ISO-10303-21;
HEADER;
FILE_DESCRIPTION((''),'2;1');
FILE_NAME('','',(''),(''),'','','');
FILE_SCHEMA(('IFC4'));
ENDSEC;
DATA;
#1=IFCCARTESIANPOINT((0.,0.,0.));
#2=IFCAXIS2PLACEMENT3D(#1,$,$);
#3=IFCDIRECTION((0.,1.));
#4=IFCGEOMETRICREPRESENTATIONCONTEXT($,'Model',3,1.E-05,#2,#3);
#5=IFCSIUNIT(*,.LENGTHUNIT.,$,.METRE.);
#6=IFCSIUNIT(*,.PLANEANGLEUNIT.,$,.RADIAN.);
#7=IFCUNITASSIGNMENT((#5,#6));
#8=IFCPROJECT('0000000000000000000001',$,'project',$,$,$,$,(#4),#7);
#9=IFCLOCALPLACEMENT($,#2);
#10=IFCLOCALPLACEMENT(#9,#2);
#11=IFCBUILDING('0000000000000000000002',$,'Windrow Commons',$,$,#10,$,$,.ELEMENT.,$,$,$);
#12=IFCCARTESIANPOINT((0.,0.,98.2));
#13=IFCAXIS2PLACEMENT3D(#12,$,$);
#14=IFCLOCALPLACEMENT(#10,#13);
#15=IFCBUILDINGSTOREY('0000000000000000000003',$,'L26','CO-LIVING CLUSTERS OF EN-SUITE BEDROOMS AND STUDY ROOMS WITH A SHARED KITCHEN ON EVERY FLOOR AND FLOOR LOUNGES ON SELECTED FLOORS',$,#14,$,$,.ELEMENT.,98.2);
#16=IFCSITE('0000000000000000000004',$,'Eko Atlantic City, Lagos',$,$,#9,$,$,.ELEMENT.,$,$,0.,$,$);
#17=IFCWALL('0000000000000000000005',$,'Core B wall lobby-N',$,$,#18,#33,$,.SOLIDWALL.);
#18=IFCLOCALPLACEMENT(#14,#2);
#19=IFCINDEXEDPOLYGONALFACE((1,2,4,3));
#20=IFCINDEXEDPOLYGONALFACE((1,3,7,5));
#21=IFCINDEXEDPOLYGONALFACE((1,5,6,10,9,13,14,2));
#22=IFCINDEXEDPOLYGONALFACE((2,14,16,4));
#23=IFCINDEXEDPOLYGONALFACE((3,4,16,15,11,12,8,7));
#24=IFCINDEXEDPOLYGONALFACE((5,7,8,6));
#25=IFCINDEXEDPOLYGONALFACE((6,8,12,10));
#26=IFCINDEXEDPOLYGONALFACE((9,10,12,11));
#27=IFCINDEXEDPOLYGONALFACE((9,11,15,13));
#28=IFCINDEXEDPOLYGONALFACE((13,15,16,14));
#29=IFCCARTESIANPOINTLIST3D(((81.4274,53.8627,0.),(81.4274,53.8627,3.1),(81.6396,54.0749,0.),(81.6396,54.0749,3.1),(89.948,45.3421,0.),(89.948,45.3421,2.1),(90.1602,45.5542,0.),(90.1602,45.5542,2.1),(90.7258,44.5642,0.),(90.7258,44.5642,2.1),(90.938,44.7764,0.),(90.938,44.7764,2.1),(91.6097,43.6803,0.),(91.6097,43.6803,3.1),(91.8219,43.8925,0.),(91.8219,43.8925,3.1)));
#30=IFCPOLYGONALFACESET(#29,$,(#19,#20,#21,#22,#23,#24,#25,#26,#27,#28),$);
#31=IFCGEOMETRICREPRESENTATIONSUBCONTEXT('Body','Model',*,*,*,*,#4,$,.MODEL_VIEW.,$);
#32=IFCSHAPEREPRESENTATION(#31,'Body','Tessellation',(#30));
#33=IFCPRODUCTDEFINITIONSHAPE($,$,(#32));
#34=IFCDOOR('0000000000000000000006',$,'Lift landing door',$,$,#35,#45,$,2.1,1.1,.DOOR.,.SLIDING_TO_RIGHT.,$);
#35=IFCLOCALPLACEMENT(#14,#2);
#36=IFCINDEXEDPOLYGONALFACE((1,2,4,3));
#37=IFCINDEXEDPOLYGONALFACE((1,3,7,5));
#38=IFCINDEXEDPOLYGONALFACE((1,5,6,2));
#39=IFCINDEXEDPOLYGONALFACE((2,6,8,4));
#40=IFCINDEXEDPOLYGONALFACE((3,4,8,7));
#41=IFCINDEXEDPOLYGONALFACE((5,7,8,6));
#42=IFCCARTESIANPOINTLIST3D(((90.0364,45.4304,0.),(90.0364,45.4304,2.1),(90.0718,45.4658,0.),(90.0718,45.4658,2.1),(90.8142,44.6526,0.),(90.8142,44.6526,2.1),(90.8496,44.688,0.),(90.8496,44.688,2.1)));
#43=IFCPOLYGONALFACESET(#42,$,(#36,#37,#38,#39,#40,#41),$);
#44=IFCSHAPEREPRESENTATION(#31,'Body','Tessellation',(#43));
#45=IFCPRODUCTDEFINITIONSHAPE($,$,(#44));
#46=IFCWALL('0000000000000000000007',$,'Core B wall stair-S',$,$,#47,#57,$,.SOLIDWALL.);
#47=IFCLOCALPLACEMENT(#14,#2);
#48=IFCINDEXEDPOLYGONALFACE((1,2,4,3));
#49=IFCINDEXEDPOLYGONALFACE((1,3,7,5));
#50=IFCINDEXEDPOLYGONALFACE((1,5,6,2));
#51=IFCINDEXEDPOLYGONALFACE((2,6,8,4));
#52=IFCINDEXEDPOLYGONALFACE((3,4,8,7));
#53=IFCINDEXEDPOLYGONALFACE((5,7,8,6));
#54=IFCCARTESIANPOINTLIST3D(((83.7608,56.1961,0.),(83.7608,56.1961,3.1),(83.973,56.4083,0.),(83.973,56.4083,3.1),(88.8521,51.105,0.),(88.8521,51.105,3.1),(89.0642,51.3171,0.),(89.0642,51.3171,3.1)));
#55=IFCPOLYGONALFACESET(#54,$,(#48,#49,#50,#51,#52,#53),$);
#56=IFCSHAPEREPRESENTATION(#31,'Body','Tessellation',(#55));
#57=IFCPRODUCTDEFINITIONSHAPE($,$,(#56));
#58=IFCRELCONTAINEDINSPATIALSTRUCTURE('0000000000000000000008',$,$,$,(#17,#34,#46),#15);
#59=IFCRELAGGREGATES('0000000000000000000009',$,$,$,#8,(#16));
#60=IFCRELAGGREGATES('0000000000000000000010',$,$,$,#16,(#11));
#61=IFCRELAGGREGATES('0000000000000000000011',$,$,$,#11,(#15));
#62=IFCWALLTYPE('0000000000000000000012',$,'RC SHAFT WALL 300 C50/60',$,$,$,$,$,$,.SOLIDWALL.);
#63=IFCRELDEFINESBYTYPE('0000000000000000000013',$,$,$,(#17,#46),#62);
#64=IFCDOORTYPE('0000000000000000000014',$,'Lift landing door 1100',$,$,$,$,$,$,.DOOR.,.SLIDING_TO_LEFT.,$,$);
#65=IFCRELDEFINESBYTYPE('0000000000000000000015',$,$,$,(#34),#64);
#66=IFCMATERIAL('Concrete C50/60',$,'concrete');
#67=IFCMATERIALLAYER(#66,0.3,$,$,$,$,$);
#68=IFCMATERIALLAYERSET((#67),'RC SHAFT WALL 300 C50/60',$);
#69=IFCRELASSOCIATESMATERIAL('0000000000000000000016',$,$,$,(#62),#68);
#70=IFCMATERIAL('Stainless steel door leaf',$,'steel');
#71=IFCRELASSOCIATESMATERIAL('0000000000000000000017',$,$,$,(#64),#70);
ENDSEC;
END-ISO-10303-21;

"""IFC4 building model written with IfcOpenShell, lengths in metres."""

from ifc_helpers import new_model, si_unit, direction, frame, frame_2d, origin, place, context, subcontext, project, spatial, rectangle, extrude, material, layer, layer_set, type_object, element, fill, save


model = new_model("IFC4")

# Units and contexts
model_context = context("Model", 3, precision=1e-05, world=origin(), true_north=direction((0.0, 1.0)))
body_context = subcontext(model_context, "Body", "Model", "MODEL_VIEW")
ifc_project = project(units=[si_unit("LENGTHUNIT", "METRE"), si_unit("PLANEANGLEUNIT", "RADIAN")], contexts=[model_context])

# Site, building, storey
site_placement = place(None, origin())
site = spatial("IfcSite", under=ifc_project, at=site_placement, Name="Eko Atlantic City, Lagos", CompositionType="ELEMENT", RefElevation=0.0)
building_placement = place(site_placement, origin())
building = spatial("IfcBuilding", under=site, at=building_placement, Name="Windrow Commons", CompositionType="ELEMENT")
storey_placement = place(building_placement, frame((0.0, 0.0, 98.2)))
storey = spatial("IfcBuildingStorey", under=building, at=storey_placement, Name="L26", Description="CO-LIVING CLUSTERS OF EN-SUITE BEDROOMS AND STUDY ROOMS WITH A SHARED KITCHEN ON EVERY FLOOR AND FLOOR LOUNGES ON SELECTED FLOORS", CompositionType="ELEMENT", Elevation=98.2)

# Wall, opening, door
ifc_material_1 = material(Name="Concrete C50/60", Category="concrete")
ifc_layer_1 = layer(ifc_material_1, 0.3)
ifc_layer_set_1 = layer_set([ifc_layer_1], Name="RC SHAFT WALL 300 C50/60")
wall_type_1 = type_object("IfcWallType", Name="RC SHAFT WALL 300 C50/60", PredefinedType="SOLIDWALL", material=ifc_layer_set_1)
wall_1_placement = place(storey_placement, frame((81.5335, 53.9688, 0.0), z_axis=(0.0, 0.0, 1.0), x_axis=(0.707103, -0.70711, 0.0)))
wall_1 = element("IfcWall", 1, at=wall_1_placement, inside=storey, type_object=wall_type_1, Name="Core B wall lobby-N", PredefinedType="SOLIDWALL", context=body_context, shape_type="SweptSolid", body=[
    extrude(rectangle(XDim=14.4, YDim=0.3, at=frame_2d((7.2, 0.0))), origin(), (0.0, 0.0, 1.0), 3.1),
])
opening_1_placement = place(wall_1_placement, frame((12.05, 0.0, 0.0)))
opening_1 = element("IfcOpeningElement", 2, at=opening_1_placement, cuts=wall_1, PredefinedType="OPENING", context=body_context, shape_type="SweptSolid", body=[
    extrude(rectangle(XDim=1.1, YDim=2.1, at=frame_2d((0.55, 1.05))), frame((0.0, 0.16, 0.0), z_axis=(0.0, -1.0, 0.0), x_axis=(1.0, 0.0, 0.0)), (0.0, 0.0, 1.0), 0.32),
])
ifc_material_2 = material(Name="Stainless steel door leaf", Category="steel")
door_type_1 = type_object("IfcDoorType", Name="Lift landing door 1100", OperationType="SLIDING_TO_LEFT", PredefinedType="DOOR", material=ifc_material_2)
door_1_placement = place(opening_1_placement, origin())
door_1 = element("IfcDoor", 3, at=door_1_placement, inside=storey, type_object=door_type_1, Name="Lift landing door", OperationType="SLIDING_TO_RIGHT", OverallHeight=2.1, OverallWidth=1.1, PredefinedType="DOOR", context=body_context, shape_type="SweptSolid", body=[
    extrude(rectangle(XDim=1.1, YDim=2.1, at=frame_2d((0.55, 1.05))), frame((0.0, 0.025, 0.0), z_axis=(0.0, -1.0, 0.0), x_axis=(1.0, 0.0, 0.0)), (0.0, 0.0, 1.0), 0.05),
])
fill(opening_1, door_1)

# Wall
wall_2_placement = place(storey_placement, frame((83.8669, 56.3022, 0.0), z_axis=(0.0, 0.0, 1.0), x_axis=(0.707114, -0.7071, 0.0)))
element("IfcWall", 4, at=wall_2_placement, inside=storey, type_object=wall_type_1, Name="Core B wall stair-S", PredefinedType="SOLIDWALL", context=body_context, shape_type="SweptSolid", body=[
    extrude(rectangle(XDim=7.2, YDim=0.3, at=frame_2d((3.6, 0.0))), origin(), (0.0, 0.0, 1.0), 3.1),
])

save(model, "model.ifc")
